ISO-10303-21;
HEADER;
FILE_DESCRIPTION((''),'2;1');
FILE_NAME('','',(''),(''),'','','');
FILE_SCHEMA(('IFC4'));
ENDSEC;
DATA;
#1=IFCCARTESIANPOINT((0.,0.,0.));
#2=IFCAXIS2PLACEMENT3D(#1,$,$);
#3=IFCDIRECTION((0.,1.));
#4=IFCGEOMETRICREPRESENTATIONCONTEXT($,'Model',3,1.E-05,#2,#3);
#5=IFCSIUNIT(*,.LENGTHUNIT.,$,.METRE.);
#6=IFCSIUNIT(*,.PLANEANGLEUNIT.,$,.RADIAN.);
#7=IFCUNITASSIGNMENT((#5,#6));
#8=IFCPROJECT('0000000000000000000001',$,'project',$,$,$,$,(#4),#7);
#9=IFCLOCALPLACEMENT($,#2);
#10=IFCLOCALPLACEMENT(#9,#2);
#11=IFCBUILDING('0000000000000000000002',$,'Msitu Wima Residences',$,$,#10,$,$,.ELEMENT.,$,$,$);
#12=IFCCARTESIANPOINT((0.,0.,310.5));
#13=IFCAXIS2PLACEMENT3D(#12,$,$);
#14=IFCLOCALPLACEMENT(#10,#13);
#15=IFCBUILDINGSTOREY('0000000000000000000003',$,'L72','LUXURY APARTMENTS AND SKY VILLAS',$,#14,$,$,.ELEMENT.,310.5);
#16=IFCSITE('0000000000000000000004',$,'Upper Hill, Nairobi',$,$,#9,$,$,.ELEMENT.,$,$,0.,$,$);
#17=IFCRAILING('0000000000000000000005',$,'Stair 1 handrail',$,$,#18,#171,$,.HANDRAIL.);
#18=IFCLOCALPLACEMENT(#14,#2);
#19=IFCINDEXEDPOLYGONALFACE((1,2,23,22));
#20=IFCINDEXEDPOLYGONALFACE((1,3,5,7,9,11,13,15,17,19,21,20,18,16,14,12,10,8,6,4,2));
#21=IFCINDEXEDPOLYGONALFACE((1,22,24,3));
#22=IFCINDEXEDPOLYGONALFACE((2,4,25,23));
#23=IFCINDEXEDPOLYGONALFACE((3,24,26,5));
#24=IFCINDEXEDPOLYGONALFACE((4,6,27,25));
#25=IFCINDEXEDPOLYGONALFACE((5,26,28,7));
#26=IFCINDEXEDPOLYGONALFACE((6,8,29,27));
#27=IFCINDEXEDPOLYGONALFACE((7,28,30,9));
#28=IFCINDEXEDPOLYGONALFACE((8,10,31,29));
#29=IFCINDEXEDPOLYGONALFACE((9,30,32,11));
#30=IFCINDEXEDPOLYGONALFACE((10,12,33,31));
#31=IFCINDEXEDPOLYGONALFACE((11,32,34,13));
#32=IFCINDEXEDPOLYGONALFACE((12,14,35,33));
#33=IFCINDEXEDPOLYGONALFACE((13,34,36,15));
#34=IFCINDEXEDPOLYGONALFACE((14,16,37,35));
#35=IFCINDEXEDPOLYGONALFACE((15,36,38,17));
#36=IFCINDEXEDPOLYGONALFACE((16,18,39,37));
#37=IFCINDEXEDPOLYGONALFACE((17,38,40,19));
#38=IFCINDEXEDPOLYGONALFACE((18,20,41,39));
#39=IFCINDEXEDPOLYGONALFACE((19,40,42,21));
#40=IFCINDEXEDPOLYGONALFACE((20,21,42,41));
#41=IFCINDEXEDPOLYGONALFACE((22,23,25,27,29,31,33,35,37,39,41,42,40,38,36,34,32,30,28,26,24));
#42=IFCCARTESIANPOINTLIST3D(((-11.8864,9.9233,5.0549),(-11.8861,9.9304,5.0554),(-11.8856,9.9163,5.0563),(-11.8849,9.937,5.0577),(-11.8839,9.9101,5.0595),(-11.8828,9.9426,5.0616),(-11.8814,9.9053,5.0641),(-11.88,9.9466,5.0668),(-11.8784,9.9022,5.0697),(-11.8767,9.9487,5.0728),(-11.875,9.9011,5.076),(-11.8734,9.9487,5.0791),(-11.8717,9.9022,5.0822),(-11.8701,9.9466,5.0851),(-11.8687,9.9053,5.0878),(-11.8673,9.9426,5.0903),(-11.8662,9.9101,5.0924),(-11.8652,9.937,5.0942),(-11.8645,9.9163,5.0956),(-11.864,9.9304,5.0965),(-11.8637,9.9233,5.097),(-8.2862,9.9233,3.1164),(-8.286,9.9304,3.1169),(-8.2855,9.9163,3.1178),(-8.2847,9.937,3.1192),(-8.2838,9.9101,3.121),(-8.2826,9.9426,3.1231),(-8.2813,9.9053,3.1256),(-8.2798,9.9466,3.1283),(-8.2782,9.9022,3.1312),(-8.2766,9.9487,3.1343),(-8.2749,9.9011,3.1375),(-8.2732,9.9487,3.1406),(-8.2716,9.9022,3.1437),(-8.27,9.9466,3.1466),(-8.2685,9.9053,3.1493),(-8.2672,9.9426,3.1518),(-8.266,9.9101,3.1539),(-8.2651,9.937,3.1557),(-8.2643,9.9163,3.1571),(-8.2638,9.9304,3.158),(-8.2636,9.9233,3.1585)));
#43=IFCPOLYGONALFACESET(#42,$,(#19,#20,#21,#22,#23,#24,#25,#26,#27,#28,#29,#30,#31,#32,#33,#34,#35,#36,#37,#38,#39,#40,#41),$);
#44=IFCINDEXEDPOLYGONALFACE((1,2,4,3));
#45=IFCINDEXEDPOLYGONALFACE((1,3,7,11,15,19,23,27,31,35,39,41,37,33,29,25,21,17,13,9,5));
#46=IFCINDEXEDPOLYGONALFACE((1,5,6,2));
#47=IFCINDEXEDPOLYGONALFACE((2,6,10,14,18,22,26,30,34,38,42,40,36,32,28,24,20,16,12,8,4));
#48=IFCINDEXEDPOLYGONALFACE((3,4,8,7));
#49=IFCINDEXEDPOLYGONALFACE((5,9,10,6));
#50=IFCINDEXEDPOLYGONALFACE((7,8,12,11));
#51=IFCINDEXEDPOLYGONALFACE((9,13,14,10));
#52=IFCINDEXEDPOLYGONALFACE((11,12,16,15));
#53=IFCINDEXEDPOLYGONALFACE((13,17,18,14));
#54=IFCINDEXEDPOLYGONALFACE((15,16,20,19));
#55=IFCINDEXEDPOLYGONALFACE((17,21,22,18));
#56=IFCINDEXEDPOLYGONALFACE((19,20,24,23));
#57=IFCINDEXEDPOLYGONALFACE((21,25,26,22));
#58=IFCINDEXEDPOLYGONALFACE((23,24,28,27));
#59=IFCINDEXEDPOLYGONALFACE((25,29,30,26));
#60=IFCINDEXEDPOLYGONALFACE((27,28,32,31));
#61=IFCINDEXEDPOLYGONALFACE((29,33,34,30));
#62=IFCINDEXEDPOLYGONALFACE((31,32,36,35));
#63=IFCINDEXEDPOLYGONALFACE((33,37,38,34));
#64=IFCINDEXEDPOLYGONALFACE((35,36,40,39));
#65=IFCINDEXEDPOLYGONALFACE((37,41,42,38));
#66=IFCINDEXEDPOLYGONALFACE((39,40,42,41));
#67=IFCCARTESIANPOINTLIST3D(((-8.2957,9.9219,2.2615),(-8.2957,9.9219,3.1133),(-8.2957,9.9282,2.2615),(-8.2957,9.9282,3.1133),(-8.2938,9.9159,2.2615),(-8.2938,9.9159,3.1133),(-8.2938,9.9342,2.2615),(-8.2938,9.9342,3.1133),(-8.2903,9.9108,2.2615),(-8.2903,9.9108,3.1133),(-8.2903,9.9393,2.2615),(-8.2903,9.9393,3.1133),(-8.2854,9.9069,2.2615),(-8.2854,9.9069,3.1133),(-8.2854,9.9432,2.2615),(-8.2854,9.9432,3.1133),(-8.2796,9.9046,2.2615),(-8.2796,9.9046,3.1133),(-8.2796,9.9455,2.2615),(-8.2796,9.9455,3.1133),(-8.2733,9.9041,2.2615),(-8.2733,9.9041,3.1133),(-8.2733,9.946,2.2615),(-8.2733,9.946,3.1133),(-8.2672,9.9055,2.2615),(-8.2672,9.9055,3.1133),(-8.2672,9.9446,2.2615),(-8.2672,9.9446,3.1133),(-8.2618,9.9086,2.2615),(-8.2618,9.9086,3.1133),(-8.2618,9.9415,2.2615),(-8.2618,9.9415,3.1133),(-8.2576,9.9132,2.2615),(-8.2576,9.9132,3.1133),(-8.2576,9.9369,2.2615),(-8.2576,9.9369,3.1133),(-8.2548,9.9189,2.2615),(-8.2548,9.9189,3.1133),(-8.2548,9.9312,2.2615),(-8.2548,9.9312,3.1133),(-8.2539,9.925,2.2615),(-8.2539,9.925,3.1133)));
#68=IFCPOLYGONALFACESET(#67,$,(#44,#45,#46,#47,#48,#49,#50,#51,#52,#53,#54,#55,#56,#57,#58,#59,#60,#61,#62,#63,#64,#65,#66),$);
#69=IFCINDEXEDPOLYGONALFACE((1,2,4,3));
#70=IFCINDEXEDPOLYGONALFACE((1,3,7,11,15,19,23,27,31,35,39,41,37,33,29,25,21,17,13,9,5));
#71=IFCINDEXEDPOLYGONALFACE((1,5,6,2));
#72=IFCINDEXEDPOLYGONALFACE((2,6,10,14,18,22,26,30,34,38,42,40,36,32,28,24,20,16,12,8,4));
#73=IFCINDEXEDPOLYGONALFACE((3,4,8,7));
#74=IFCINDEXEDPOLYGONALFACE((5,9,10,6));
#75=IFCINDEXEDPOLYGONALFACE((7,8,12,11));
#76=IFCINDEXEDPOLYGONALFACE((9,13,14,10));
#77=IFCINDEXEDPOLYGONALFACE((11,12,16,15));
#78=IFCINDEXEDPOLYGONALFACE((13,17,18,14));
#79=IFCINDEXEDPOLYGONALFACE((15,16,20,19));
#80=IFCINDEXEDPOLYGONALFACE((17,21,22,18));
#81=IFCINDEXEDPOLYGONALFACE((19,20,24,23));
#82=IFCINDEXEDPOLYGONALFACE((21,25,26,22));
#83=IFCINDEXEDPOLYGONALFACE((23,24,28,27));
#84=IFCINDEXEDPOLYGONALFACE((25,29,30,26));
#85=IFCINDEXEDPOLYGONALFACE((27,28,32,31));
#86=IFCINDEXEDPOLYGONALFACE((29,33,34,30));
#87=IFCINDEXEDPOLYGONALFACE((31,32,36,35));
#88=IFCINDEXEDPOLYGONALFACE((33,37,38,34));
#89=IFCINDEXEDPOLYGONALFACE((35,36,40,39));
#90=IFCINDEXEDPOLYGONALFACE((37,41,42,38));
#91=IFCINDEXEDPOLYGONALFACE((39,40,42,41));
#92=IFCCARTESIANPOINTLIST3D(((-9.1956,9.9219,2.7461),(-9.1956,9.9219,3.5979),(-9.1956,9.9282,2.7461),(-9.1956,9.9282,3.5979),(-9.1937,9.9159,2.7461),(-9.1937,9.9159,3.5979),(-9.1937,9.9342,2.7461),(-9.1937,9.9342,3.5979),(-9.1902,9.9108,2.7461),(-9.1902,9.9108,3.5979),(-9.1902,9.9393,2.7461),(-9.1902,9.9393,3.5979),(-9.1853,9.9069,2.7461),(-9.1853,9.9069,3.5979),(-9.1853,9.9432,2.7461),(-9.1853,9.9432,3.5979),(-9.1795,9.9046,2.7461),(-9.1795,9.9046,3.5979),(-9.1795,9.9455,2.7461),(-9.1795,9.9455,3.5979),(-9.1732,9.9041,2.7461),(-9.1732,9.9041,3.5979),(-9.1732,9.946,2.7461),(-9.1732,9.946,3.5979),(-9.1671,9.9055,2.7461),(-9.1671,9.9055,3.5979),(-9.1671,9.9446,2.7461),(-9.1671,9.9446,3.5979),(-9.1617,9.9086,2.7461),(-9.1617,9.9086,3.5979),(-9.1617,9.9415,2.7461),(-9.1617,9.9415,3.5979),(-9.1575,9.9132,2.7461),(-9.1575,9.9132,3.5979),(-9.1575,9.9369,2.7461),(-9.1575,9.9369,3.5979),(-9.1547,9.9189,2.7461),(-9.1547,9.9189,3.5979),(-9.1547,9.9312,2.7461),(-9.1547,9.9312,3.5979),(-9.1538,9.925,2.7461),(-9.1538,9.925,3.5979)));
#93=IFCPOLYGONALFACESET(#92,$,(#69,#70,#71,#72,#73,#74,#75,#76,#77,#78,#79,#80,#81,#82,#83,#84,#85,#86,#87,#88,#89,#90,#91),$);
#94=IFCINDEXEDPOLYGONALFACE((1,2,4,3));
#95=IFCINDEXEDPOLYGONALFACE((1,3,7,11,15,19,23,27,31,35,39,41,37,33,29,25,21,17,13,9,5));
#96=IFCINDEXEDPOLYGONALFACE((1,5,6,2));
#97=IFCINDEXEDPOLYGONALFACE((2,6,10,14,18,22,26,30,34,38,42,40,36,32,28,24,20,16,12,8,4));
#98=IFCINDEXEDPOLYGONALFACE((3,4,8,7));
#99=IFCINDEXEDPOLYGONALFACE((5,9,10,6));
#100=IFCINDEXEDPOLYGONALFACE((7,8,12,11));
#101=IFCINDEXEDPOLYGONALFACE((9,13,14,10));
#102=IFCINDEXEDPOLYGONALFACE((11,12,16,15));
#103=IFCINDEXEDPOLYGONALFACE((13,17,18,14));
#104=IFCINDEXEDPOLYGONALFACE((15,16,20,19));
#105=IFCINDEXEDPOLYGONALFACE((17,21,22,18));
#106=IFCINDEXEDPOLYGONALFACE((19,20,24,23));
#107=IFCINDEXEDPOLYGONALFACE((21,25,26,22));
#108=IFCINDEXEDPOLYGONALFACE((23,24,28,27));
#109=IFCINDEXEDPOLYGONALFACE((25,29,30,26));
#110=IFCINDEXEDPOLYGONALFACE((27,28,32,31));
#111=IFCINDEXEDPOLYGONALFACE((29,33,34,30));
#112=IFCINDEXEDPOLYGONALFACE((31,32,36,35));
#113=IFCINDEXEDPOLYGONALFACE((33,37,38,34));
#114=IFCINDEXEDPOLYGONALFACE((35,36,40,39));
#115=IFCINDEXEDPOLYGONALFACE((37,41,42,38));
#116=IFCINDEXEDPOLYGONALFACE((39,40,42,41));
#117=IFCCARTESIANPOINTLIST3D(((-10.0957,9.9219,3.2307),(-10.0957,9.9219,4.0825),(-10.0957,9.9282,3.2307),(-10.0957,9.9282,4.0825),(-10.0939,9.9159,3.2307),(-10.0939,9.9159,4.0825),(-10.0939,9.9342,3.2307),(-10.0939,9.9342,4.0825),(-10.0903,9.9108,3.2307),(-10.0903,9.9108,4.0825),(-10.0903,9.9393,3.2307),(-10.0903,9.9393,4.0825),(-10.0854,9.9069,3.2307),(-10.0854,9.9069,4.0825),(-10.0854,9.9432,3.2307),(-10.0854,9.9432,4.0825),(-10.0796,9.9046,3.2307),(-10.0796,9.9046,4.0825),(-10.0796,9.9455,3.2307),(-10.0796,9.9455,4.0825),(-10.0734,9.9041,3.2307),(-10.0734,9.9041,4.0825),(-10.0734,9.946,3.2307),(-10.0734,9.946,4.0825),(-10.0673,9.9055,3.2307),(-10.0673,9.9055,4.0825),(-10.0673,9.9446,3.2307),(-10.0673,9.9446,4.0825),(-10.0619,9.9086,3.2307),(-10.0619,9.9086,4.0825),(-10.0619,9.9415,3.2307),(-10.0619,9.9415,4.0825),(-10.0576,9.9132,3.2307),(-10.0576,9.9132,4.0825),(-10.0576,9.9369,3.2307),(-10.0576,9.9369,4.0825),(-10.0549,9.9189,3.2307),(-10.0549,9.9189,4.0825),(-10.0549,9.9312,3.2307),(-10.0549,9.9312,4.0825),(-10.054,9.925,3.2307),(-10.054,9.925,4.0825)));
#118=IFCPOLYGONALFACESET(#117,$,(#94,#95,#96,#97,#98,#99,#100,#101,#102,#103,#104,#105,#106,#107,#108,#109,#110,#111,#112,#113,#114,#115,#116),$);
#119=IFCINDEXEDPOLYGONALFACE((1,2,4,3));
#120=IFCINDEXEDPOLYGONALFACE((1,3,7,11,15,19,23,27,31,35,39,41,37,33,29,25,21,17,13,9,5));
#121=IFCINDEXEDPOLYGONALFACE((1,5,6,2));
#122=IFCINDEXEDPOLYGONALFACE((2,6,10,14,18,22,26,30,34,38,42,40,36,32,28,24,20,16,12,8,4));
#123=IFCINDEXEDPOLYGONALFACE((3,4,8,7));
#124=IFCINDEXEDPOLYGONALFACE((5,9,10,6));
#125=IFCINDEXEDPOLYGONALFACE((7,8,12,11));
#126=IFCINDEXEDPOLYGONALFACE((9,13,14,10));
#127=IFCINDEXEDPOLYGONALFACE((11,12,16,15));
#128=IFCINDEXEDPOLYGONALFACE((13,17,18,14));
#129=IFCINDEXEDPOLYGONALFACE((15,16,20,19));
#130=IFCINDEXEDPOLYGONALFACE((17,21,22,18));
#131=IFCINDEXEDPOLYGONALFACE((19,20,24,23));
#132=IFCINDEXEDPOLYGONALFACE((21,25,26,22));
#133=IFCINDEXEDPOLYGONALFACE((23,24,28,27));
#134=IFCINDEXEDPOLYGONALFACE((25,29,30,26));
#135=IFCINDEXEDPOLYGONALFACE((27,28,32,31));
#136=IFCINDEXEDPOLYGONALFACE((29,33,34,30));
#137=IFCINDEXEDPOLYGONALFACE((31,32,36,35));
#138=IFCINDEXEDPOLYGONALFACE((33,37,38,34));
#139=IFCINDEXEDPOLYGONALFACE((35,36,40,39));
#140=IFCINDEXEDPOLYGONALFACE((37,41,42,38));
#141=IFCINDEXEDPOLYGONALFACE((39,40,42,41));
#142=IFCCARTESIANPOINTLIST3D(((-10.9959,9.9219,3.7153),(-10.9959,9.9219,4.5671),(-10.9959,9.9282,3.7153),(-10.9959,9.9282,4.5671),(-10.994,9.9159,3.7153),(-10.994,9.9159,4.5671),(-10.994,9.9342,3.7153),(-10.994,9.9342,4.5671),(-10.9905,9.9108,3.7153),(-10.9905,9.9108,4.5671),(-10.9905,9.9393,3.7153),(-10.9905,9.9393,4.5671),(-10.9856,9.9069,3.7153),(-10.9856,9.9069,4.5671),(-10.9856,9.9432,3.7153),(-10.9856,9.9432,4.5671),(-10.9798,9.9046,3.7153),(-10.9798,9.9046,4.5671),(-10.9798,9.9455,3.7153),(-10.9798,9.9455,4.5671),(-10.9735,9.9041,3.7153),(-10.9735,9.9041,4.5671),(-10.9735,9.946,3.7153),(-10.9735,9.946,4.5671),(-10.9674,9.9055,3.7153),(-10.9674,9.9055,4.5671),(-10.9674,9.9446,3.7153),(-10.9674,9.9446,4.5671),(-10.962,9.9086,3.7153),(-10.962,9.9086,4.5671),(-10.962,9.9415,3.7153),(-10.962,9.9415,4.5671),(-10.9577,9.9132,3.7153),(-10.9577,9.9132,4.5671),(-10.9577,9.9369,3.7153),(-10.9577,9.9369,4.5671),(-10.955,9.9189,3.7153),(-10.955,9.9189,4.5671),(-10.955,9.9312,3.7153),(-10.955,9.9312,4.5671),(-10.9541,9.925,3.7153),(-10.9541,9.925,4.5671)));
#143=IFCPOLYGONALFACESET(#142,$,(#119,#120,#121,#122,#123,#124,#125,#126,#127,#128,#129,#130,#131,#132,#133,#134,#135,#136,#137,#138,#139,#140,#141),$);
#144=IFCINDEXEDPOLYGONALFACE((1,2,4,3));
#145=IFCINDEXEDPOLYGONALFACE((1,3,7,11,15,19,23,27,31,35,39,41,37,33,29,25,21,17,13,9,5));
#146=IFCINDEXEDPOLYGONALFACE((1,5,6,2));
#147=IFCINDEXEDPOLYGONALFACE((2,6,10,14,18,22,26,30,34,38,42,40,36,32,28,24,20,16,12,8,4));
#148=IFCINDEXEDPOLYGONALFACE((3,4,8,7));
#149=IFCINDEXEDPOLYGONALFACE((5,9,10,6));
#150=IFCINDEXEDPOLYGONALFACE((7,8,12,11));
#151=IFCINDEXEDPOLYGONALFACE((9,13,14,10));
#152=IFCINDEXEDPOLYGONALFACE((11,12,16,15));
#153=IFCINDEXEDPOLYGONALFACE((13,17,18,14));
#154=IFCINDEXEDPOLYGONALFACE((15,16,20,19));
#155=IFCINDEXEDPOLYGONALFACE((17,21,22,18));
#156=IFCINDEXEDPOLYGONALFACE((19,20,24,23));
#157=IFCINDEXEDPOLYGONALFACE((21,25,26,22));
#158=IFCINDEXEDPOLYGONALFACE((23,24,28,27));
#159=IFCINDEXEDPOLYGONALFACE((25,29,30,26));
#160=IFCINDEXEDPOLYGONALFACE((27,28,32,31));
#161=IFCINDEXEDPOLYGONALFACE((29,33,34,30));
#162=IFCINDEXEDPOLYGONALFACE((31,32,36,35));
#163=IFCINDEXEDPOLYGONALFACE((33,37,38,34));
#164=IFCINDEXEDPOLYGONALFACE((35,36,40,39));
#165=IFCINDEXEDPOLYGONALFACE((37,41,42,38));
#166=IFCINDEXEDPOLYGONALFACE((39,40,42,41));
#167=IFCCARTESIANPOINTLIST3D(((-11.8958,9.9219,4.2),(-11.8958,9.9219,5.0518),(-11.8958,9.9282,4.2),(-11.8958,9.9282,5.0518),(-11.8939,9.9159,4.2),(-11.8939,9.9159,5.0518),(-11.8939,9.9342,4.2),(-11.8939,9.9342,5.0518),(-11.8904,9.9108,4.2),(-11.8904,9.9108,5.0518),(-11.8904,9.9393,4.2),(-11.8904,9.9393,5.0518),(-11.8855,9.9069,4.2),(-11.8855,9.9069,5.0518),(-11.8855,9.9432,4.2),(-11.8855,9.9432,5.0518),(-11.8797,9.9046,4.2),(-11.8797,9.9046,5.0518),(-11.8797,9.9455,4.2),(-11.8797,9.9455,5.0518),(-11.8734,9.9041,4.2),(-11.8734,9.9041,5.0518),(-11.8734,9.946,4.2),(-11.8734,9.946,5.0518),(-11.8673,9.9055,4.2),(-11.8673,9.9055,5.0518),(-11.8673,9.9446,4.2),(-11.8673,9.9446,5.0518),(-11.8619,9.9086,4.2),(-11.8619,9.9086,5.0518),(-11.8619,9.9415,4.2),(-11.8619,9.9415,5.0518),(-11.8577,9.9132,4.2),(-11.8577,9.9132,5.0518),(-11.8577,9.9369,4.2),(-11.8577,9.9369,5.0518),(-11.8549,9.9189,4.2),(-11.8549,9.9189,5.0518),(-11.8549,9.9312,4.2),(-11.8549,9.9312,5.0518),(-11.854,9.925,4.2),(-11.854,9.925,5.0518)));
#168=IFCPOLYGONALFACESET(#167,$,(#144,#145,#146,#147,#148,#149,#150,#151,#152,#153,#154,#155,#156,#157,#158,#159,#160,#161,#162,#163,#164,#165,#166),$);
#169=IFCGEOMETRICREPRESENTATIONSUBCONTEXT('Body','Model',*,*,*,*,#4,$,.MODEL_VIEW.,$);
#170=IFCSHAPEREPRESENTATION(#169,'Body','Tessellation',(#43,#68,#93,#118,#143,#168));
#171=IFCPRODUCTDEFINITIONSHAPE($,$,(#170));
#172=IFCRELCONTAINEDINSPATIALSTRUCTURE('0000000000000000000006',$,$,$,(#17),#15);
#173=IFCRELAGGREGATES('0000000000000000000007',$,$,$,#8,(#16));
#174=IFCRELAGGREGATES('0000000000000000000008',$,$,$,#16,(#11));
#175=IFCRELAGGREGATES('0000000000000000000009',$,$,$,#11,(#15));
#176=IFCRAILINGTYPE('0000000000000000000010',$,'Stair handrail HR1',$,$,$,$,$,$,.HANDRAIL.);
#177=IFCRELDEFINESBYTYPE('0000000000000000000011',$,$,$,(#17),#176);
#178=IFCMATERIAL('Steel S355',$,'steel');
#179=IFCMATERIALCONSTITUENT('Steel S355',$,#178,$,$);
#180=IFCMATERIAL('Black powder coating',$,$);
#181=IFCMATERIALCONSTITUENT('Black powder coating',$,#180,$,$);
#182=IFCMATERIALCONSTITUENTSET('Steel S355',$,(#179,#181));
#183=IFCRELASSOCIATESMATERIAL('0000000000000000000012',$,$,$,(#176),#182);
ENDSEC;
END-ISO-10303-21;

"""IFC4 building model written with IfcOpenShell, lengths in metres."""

from ifc_helpers import new_model, si_unit, direction, frame, origin, origin_2d, place, context, subcontext, project, spatial, circle, extrude, material, constituent, constituent_set, type_object, element, save


model = new_model("IFC4")

# Units and contexts
model_context = context("Model", 3, precision=1e-05, world=origin(), true_north=direction((0.0, 1.0)))
body_context = subcontext(model_context, "Body", "Model", "MODEL_VIEW")
ifc_project = project(units=[si_unit("LENGTHUNIT", "METRE"), si_unit("PLANEANGLEUNIT", "RADIAN")], contexts=[model_context])

# Site, building, storey
site_placement = place(None, origin())
site = spatial("IfcSite", under=ifc_project, at=site_placement, Name="Upper Hill, Nairobi", CompositionType="ELEMENT", RefElevation=0.0)
building_placement = place(site_placement, origin())
building = spatial("IfcBuilding", under=site, at=building_placement, Name="Msitu Wima Residences", CompositionType="ELEMENT")
storey_placement = place(building_placement, frame((0.0, 0.0, 310.5)))
storey = spatial("IfcBuildingStorey", under=building, at=storey_placement, Name="L72", Description="LUXURY APARTMENTS AND SKY VILLAS", CompositionType="ELEMENT", Elevation=310.5)

# Railing
ifc_material_1 = material(Name="Steel S355", Category="steel")
ifc_constituent_1 = constituent(ifc_material_1, Name="Steel S355")
ifc_material_2 = material(Name="Black powder coating")
ifc_constituent_2 = constituent(ifc_material_2, Name="Black powder coating")
ifc_constituent_set = constituent_set(constituents=[ifc_constituent_1, ifc_constituent_2], Name="Steel S355")
railing_type = type_object("IfcRailingType", Name="Stair handrail HR1", PredefinedType="HANDRAIL", material=ifc_constituent_set)
for number, where, name in (
    (1, (-8.2749, 9.925, 2.2615), "Stair 1 handrail"),
):
    element("IfcRailing", number, at=place(storey_placement, frame(where)), inside=storey, type_object=railing_type, Name=name, PredefinedType="HANDRAIL", context=body_context, shape_type="SweptSolid", body=[
        extrude(circle(Radius=0.0239, at=origin_2d()), frame((0.0, 0.0, 0.876), z_axis=(-0.880475, 0.0, 0.474093), x_axis=(0.0, -1.0, 0.0)), (0.0, 0.0, 1.0), 4.0889),
        extrude(circle(Radius=0.021, at=origin_2d()), origin(), (0.0, 0.0, 1.0), 0.8518),
        extrude(circle(Radius=0.021, at=origin_2d()), frame((-0.8999, 0.0, 0.4846)), (0.0, 0.0, 1.0), 0.8518),
        extrude(circle(Radius=0.021, at=origin_2d()), frame((-1.8, 0.0, 0.9692)), (0.0, 0.0, 1.0), 0.8518),
        extrude(circle(Radius=0.021, at=origin_2d()), frame((-2.7002, 0.0, 1.4539)), (0.0, 0.0, 1.0), 0.8518),
        extrude(circle(Radius=0.021, at=origin_2d()), frame((-3.6001, 0.0, 1.9385)), (0.0, 0.0, 1.0), 0.8518),
    ])

save(model, "model.ifc")
